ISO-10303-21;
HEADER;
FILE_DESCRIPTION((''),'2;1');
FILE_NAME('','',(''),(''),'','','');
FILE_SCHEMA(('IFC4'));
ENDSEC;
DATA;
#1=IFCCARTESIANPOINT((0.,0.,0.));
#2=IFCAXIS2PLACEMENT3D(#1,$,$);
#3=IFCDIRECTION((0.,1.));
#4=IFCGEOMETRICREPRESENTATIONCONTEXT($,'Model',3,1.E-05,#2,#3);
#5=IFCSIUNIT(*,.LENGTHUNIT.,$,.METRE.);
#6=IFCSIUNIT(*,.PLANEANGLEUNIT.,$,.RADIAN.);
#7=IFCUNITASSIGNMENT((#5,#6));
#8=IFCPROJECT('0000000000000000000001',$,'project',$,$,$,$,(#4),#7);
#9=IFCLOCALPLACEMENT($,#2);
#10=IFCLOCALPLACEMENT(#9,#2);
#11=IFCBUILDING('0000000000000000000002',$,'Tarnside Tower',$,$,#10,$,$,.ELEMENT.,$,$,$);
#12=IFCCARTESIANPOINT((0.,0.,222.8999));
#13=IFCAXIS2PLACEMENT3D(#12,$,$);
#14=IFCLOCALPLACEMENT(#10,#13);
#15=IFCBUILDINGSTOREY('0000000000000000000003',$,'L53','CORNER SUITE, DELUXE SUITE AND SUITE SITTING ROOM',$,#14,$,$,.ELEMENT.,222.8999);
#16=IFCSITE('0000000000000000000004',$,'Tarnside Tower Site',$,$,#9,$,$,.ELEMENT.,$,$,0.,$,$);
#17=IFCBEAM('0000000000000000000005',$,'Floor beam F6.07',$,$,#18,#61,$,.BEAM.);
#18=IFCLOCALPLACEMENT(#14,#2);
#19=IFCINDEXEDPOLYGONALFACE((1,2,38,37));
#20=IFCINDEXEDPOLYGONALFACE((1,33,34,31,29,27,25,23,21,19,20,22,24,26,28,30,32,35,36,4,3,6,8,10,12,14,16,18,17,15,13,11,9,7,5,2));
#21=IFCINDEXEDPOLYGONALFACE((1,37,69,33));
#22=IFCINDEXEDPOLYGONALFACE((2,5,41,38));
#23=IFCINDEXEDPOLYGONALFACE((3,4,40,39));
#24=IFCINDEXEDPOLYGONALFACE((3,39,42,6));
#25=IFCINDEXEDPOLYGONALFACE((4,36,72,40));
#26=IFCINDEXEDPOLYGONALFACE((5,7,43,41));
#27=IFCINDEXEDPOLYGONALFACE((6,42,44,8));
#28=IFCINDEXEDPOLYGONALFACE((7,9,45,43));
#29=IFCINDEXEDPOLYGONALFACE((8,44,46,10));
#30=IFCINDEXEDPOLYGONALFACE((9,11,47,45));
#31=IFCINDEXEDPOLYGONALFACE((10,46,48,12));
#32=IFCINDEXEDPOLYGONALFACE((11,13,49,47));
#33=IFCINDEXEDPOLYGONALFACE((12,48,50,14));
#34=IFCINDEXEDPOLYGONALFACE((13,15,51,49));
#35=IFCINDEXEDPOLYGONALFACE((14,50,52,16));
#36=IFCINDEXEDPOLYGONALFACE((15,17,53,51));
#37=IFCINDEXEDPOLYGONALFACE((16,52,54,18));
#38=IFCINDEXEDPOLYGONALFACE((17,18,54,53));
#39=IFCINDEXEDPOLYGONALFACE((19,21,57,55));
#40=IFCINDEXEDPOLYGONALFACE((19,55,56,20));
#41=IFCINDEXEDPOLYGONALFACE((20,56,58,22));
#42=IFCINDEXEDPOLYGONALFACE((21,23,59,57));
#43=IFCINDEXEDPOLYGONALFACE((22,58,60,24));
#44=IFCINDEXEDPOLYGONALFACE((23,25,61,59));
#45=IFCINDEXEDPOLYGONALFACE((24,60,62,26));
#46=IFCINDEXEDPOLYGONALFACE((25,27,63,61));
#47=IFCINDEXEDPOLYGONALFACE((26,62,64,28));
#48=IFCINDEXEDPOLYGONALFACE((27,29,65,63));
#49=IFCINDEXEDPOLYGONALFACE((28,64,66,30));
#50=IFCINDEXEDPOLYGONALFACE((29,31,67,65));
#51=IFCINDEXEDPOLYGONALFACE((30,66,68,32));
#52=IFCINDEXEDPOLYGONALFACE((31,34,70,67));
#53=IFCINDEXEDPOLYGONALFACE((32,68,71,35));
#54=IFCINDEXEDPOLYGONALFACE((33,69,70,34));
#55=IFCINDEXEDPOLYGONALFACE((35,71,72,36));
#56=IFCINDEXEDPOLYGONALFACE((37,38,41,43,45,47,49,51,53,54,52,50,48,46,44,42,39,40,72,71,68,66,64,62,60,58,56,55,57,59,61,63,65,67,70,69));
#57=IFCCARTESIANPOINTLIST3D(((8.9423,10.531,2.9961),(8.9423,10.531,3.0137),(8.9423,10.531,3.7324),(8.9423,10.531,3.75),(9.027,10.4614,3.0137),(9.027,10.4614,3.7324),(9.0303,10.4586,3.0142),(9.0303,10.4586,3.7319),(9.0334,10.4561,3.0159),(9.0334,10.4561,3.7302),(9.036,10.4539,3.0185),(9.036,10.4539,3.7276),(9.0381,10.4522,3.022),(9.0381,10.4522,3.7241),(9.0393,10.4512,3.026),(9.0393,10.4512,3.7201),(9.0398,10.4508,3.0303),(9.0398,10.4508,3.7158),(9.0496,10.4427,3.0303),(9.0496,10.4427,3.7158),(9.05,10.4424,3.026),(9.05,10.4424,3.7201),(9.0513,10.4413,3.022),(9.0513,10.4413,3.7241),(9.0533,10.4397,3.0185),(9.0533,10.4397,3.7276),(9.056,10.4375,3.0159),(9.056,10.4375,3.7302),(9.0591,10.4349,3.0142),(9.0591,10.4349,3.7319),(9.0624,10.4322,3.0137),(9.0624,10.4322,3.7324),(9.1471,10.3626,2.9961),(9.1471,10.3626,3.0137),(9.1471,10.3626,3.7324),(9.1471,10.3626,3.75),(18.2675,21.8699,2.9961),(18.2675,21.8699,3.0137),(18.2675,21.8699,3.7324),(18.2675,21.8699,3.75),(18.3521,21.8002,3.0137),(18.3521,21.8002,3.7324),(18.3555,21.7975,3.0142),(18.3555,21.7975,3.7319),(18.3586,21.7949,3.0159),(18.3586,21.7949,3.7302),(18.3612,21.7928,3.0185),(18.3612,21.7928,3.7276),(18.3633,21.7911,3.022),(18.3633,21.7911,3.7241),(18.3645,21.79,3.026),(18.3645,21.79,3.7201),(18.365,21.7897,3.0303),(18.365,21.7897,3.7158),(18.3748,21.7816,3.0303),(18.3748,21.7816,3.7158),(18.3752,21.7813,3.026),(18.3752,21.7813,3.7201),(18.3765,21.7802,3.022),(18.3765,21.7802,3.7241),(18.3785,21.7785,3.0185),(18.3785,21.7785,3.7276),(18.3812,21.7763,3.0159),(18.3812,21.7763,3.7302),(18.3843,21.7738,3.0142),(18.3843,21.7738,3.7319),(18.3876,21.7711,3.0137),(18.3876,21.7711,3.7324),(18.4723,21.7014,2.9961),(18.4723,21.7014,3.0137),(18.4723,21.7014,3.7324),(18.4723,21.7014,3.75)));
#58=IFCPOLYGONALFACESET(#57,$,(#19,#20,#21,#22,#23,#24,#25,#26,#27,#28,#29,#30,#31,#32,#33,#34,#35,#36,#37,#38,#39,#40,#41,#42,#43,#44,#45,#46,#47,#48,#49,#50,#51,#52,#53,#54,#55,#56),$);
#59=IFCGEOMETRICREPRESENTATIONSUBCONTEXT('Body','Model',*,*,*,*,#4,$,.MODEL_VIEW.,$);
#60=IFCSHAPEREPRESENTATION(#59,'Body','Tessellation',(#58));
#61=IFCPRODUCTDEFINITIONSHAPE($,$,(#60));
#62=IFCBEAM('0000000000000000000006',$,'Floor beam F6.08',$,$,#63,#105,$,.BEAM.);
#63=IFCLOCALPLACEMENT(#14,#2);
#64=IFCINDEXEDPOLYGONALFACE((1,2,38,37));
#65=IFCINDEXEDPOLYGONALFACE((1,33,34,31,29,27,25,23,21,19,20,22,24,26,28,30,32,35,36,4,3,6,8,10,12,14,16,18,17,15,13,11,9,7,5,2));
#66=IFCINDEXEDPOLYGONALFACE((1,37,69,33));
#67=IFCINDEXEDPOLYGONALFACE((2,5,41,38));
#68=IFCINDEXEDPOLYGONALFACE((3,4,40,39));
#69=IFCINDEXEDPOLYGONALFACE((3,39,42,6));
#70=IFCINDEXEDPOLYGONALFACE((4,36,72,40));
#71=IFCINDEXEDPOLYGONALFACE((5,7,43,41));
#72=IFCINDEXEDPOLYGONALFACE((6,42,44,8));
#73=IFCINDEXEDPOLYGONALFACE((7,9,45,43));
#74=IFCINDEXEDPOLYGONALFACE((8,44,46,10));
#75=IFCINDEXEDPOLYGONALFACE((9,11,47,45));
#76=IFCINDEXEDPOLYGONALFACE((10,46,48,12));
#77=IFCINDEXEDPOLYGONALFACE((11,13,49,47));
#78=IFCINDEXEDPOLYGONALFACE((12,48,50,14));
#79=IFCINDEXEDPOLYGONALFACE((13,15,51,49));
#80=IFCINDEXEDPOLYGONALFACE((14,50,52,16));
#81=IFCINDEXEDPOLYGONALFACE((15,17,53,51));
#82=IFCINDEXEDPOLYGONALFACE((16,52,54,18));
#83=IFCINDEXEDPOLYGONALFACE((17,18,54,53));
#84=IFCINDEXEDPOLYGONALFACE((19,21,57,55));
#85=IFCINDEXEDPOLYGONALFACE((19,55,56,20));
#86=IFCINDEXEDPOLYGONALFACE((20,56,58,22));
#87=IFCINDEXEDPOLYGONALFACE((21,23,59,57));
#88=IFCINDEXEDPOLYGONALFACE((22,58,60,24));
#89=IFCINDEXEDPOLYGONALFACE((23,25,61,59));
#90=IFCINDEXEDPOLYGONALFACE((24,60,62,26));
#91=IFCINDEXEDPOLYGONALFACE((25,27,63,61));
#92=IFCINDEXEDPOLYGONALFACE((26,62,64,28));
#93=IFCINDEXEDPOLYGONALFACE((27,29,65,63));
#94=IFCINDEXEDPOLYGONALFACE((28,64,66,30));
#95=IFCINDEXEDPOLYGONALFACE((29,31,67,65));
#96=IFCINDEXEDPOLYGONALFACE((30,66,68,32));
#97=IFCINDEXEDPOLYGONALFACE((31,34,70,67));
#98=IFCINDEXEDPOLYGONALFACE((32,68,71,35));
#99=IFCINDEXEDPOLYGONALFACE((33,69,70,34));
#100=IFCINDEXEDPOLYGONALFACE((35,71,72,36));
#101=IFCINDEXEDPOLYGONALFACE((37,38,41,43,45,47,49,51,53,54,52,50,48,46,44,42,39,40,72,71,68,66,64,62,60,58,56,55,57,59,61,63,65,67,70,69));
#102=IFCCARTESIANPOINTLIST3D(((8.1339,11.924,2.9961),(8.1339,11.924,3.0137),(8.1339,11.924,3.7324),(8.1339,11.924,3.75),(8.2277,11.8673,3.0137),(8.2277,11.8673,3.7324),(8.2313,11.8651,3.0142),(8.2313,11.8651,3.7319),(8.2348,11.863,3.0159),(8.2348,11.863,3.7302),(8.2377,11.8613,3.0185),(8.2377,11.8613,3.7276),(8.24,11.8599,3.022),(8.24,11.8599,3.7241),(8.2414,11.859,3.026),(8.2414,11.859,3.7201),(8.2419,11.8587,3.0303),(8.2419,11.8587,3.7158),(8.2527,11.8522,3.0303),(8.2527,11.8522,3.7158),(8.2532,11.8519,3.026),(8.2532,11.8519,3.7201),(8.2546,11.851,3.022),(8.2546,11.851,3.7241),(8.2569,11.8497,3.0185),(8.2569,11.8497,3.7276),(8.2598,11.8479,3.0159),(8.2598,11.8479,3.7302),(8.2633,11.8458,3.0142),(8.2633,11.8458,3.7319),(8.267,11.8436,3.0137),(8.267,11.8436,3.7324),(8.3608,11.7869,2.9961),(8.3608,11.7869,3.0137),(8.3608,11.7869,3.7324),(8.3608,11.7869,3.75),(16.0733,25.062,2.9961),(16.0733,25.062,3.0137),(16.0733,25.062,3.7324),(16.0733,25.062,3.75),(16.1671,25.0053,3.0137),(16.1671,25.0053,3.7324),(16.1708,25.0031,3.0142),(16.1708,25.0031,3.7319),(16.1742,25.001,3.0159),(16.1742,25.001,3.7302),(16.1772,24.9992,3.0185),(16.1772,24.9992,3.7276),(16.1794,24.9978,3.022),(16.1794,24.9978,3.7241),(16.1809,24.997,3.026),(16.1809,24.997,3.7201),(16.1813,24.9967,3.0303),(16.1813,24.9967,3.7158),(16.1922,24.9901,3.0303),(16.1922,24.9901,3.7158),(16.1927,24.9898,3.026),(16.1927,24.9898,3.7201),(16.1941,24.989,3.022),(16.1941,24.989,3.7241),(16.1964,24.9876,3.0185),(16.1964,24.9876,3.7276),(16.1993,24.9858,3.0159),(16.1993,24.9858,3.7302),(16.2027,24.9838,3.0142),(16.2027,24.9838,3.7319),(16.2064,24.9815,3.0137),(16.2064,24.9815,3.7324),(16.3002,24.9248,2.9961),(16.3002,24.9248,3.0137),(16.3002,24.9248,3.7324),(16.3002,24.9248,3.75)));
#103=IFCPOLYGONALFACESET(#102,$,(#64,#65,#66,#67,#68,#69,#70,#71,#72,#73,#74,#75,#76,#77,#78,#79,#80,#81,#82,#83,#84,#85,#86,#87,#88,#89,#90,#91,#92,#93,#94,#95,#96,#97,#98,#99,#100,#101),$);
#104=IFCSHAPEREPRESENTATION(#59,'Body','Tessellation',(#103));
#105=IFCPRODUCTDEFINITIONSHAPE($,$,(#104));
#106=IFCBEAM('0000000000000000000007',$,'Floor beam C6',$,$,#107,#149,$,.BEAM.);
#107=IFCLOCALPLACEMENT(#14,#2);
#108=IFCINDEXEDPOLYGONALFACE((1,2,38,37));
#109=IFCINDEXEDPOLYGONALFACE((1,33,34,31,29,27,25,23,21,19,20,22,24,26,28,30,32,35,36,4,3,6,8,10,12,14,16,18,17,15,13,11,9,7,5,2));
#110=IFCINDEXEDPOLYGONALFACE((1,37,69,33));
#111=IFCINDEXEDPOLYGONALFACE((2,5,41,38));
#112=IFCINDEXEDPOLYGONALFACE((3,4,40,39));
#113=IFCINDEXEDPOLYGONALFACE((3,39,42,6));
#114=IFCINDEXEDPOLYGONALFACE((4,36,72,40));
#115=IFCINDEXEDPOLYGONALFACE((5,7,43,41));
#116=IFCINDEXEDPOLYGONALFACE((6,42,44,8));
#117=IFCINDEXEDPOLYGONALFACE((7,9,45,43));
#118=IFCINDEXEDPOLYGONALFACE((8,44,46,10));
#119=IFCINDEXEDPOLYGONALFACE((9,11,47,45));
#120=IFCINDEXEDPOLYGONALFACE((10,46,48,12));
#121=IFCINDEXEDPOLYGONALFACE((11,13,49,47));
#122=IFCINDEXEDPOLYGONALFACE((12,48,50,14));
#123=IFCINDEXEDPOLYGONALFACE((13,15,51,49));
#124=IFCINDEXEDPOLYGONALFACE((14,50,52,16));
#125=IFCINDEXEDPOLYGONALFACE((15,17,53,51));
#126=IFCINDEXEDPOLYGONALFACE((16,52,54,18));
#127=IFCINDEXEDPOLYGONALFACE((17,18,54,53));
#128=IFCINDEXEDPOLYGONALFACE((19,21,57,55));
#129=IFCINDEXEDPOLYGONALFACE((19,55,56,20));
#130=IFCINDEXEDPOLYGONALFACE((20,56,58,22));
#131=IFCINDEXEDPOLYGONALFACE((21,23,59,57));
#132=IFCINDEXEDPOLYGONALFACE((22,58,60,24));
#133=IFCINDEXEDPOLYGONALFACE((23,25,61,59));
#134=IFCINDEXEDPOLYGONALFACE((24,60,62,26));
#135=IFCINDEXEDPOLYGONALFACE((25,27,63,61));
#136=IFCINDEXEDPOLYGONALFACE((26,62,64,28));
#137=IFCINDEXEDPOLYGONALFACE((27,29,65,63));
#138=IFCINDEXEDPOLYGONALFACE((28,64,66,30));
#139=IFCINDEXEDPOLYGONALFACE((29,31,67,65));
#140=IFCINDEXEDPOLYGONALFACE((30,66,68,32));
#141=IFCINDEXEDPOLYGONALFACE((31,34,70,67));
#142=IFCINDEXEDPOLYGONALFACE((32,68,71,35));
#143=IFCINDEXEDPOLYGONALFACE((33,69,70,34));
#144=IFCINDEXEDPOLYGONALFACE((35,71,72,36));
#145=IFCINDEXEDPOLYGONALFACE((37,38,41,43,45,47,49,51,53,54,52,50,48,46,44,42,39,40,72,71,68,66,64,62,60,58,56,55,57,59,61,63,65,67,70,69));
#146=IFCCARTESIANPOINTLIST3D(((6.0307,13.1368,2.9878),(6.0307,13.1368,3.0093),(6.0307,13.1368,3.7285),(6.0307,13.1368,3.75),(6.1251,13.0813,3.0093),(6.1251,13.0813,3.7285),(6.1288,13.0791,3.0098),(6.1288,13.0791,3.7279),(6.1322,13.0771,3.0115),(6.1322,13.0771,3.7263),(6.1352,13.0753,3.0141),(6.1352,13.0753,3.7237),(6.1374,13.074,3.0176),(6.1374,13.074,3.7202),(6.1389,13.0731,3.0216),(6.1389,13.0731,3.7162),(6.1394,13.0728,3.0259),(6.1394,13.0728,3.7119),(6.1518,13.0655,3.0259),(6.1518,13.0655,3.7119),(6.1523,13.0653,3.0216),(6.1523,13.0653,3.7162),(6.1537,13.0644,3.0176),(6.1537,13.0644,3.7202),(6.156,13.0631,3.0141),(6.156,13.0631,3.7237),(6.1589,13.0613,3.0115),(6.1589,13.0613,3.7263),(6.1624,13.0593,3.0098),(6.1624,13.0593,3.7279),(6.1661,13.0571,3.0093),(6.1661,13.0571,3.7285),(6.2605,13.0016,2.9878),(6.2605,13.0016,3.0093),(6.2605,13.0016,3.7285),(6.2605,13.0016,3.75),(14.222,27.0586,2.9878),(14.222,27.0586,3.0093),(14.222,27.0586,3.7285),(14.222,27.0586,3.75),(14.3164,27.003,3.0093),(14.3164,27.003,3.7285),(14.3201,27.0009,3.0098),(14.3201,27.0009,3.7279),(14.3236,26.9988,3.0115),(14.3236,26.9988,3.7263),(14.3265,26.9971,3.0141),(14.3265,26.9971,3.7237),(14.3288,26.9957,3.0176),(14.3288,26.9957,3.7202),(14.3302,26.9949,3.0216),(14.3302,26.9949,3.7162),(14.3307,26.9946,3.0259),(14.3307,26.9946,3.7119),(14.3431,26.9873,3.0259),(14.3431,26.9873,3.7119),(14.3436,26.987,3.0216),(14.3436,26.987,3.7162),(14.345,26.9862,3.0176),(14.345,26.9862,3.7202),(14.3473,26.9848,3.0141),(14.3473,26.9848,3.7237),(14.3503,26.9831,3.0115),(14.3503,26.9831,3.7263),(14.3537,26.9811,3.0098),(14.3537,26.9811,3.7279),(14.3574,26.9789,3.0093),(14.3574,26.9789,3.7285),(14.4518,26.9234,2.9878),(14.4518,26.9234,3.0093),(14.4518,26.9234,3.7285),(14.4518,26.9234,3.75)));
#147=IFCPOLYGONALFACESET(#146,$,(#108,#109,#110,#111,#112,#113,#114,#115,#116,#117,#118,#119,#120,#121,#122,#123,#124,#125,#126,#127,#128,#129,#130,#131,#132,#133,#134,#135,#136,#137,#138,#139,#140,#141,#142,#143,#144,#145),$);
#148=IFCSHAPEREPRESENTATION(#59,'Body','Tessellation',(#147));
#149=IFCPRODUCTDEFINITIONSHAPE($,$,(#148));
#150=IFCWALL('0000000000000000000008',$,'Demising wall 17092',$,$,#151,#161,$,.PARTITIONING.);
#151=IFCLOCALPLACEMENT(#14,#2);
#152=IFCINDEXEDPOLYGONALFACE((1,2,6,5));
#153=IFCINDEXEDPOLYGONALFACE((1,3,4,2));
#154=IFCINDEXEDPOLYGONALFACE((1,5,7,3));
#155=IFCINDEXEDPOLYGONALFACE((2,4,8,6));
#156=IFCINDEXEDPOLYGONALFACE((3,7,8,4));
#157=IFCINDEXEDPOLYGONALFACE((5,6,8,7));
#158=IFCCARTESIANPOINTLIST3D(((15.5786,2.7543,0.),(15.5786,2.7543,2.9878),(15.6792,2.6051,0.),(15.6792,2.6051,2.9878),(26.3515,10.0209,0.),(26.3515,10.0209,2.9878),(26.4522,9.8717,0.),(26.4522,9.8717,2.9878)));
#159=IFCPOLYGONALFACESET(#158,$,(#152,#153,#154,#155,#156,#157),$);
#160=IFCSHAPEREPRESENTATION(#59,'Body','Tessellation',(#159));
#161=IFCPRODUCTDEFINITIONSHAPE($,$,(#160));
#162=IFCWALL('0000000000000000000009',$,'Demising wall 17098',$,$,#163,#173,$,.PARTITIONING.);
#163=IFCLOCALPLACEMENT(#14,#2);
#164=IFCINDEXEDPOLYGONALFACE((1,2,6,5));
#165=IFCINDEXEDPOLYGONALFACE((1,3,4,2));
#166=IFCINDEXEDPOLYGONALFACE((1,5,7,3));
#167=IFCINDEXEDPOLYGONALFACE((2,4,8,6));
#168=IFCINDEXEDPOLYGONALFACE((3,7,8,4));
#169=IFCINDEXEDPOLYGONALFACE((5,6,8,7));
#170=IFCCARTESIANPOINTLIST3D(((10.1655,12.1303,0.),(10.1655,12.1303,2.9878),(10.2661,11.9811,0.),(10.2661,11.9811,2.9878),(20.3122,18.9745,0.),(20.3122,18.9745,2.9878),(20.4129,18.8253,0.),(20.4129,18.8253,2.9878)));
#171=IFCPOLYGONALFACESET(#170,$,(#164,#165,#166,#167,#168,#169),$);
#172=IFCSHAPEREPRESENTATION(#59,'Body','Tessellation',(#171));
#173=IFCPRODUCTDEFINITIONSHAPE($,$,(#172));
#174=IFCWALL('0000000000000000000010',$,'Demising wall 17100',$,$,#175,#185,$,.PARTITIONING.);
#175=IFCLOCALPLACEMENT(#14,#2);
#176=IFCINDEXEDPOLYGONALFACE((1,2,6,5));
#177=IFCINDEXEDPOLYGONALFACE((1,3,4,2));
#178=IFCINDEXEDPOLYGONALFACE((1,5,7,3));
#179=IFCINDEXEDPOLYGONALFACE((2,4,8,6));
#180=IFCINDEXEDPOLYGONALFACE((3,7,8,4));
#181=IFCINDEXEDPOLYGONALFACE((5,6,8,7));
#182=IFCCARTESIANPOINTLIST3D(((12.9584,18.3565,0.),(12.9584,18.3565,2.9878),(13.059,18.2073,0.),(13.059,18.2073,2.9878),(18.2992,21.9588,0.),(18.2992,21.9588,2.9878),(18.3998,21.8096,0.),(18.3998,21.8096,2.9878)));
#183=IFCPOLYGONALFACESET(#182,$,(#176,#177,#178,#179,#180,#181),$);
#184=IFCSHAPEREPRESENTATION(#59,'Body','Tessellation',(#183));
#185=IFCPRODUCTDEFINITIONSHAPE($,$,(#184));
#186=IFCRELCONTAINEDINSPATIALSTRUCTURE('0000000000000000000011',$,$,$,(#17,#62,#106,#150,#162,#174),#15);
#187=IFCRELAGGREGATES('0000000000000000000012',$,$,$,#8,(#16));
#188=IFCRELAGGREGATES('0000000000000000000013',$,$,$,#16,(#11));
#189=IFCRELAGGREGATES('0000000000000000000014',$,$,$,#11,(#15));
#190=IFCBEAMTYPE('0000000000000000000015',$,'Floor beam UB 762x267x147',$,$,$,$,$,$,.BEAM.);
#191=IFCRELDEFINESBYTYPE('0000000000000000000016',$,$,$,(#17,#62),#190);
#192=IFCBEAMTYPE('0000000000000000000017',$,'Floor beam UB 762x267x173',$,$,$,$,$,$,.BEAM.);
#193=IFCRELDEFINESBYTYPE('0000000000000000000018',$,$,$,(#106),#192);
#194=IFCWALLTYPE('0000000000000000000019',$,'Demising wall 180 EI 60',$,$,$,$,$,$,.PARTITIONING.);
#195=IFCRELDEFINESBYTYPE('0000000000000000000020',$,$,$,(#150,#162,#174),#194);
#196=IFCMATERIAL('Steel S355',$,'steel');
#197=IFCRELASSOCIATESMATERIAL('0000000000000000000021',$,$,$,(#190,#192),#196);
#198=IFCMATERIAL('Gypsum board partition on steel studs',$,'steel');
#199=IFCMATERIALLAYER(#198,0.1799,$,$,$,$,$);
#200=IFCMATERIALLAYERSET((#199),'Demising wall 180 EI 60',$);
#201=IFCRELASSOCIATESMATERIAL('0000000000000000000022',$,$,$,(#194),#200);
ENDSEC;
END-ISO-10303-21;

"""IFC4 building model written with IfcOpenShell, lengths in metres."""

from ifc_helpers import new_model, si_unit, direction, frame, frame_2d, origin, origin_2d, place, context, subcontext, project, spatial, rectangle, i_section, extrude, material, layer, layer_set, material_profile, profile_set, type_object, element, save


model = new_model("IFC4")

# Units and contexts
model_context = context("Model", 3, precision=1e-05, world=origin(), true_north=direction((0.0, 1.0)))
body_context = subcontext(model_context, "Body", "Model", "MODEL_VIEW")
ifc_project = project(units=[si_unit("LENGTHUNIT", "METRE"), si_unit("PLANEANGLEUNIT", "RADIAN")], contexts=[model_context])

# Site, building, storey
site_placement = place(None, origin())
site = spatial("IfcSite", under=ifc_project, at=site_placement, Name="Tarnside Tower Site", CompositionType="ELEMENT", RefElevation=0.0)
building_placement = place(site_placement, origin())
building = spatial("IfcBuilding", under=site, at=building_placement, Name="Tarnside Tower", CompositionType="ELEMENT")
storey_placement = place(building_placement, frame((0.0, 0.0, 222.8999)))
storey = spatial("IfcBuildingStorey", under=building, at=storey_placement, Name="L53", Description="CORNER SUITE, DELUXE SUITE AND SUITE SITTING ROOM", CompositionType="ELEMENT", Elevation=222.8999)

# Beams
ifc_material_1 = material(Name="Steel S355", Category="steel")
ifc_material_profile_1 = material_profile(ifc_material_1, i_section(OverallWidth=0.2651, OverallDepth=0.7539, WebThickness=0.0127, FlangeThickness=0.0176, FilletRadius=0.0166, at=origin_2d()), Name="UB 762x267x147")
ifc_profile_set_1 = profile_set([ifc_material_profile_1], Name="Steel S355")
beam_type_1 = type_object("IfcBeamType", Name="Floor beam UB 762x267x147", PredefinedType="BEAM", material=ifc_profile_set_1)
beam_1_placement = place(storey_placement, frame((18.3699, 21.7856, 3.373), z_axis=(-0.635192, -0.772354, 0.0), x_axis=(0.772354, -0.635192, 0.0)))
element("IfcBeam", 1, at=beam_1_placement, inside=storey, type_object=beam_type_1, Name="Floor beam F6.07", PredefinedType="BEAM", context=body_context, shape_type="SweptSolid", body=[
    extrude(i_section(OverallWidth=0.2651, OverallDepth=0.7539, WebThickness=0.0127, FlangeThickness=0.0176, FilletRadius=0.0166, at=origin_2d()), origin(), (0.0, 0.0, 1.0), 14.6809),
])
beam_2_placement = place(storey_placement, frame((16.1868, 24.9934, 3.373), z_axis=(-0.517209, -0.855859, 0.0), x_axis=(0.855859, -0.517209, 0.0)))
element("IfcBeam", 2, at=beam_2_placement, inside=storey, type_object=beam_type_1, Name="Floor beam F6.08", PredefinedType="BEAM", context=body_context, shape_type="SweptSolid", body=[
    extrude(i_section(OverallWidth=0.2651, OverallDepth=0.7539, WebThickness=0.0127, FlangeThickness=0.0176, FilletRadius=0.0166, at=origin_2d()), origin(), (0.0, 0.0, 1.0), 15.3506),
])
ifc_material_profile_2 = material_profile(ifc_material_1, i_section(OverallWidth=0.2666, OverallDepth=0.7622, WebThickness=0.0144, FlangeThickness=0.0215, FilletRadius=0.0166, at=origin_2d()), Name="UB 762x267x173")
ifc_profile_set_2 = profile_set([ifc_material_profile_2], Name="Steel S355")
beam_type_2 = type_object("IfcBeamType", Name="Floor beam UB 762x267x173", PredefinedType="BEAM", material=ifc_profile_set_2)
beam_3_placement = place(storey_placement, frame((14.3369, 26.991, 3.3689), z_axis=(-0.507115, -0.861878, 0.0), x_axis=(0.861878, -0.507115, 0.0)))
element("IfcBeam", 3, at=beam_3_placement, inside=storey, type_object=beam_type_2, Name="Floor beam C6", PredefinedType="BEAM", context=body_context, shape_type="SweptSolid", body=[
    extrude(i_section(OverallWidth=0.2666, OverallDepth=0.7622, WebThickness=0.0144, FlangeThickness=0.0215, FilletRadius=0.0166, at=origin_2d()), origin(), (0.0, 0.0, 1.0), 16.1528),
])

# Walls
ifc_material_2 = material(Name="Gypsum board partition on steel studs", Category="steel")
ifc_layer_1 = layer(ifc_material_2, 0.1799)
ifc_layer_set_1 = layer_set([ifc_layer_1], Name="Demising wall 180 EI 60")
wall_type_1 = type_object("IfcWallType", Name="Demising wall 180 EI 60", PredefinedType="PARTITIONING", material=ifc_layer_set_1)
wall_1_placement = place(storey_placement, frame((26.4019, 9.9463, 0.0), z_axis=(0.0, 0.0, 1.0), x_axis=(-0.829032, -0.559201, 0.0)))
element("IfcWall", 4, at=wall_1_placement, inside=storey, type_object=wall_type_1, Name="Demising wall 17092", PredefinedType="PARTITIONING", context=body_context, shape_type="SweptSolid", body=[
    extrude(rectangle(XDim=12.9946, YDim=0.1799, at=frame_2d((6.4973, 0.0))), origin(), (0.0, 0.0, 1.0), 2.9878),
])
wall_2_placement = place(storey_placement, frame((20.3625, 18.8999, 0.0), z_axis=(0.0, 0.0, 1.0), x_axis=(-0.829031, -0.559203, 0.0)))
element("IfcWall", 5, at=wall_2_placement, inside=storey, type_object=wall_type_1, Name="Demising wall 17098", PredefinedType="PARTITIONING", context=body_context, shape_type="SweptSolid", body=[
    extrude(rectangle(XDim=12.2393, YDim=0.1799, at=frame_2d((6.1196, 0.0))), origin(), (0.0, 0.0, 1.0), 2.9878),
])
wall_3_placement = place(storey_placement, frame((18.3496, 21.8843, 0.0), z_axis=(0.0, 0.0, 1.0), x_axis=(-0.829047, -0.559179, 0.0)))
element("IfcWall", 6, at=wall_3_placement, inside=storey, type_object=wall_type_1, Name="Demising wall 17100", PredefinedType="PARTITIONING", context=body_context, shape_type="SweptSolid", body=[
    extrude(rectangle(XDim=6.4421, YDim=0.1799, at=frame_2d((3.2212, 0.0))), origin(), (0.0, 0.0, 1.0), 2.9878),
])

save(model, "model.ifc")
